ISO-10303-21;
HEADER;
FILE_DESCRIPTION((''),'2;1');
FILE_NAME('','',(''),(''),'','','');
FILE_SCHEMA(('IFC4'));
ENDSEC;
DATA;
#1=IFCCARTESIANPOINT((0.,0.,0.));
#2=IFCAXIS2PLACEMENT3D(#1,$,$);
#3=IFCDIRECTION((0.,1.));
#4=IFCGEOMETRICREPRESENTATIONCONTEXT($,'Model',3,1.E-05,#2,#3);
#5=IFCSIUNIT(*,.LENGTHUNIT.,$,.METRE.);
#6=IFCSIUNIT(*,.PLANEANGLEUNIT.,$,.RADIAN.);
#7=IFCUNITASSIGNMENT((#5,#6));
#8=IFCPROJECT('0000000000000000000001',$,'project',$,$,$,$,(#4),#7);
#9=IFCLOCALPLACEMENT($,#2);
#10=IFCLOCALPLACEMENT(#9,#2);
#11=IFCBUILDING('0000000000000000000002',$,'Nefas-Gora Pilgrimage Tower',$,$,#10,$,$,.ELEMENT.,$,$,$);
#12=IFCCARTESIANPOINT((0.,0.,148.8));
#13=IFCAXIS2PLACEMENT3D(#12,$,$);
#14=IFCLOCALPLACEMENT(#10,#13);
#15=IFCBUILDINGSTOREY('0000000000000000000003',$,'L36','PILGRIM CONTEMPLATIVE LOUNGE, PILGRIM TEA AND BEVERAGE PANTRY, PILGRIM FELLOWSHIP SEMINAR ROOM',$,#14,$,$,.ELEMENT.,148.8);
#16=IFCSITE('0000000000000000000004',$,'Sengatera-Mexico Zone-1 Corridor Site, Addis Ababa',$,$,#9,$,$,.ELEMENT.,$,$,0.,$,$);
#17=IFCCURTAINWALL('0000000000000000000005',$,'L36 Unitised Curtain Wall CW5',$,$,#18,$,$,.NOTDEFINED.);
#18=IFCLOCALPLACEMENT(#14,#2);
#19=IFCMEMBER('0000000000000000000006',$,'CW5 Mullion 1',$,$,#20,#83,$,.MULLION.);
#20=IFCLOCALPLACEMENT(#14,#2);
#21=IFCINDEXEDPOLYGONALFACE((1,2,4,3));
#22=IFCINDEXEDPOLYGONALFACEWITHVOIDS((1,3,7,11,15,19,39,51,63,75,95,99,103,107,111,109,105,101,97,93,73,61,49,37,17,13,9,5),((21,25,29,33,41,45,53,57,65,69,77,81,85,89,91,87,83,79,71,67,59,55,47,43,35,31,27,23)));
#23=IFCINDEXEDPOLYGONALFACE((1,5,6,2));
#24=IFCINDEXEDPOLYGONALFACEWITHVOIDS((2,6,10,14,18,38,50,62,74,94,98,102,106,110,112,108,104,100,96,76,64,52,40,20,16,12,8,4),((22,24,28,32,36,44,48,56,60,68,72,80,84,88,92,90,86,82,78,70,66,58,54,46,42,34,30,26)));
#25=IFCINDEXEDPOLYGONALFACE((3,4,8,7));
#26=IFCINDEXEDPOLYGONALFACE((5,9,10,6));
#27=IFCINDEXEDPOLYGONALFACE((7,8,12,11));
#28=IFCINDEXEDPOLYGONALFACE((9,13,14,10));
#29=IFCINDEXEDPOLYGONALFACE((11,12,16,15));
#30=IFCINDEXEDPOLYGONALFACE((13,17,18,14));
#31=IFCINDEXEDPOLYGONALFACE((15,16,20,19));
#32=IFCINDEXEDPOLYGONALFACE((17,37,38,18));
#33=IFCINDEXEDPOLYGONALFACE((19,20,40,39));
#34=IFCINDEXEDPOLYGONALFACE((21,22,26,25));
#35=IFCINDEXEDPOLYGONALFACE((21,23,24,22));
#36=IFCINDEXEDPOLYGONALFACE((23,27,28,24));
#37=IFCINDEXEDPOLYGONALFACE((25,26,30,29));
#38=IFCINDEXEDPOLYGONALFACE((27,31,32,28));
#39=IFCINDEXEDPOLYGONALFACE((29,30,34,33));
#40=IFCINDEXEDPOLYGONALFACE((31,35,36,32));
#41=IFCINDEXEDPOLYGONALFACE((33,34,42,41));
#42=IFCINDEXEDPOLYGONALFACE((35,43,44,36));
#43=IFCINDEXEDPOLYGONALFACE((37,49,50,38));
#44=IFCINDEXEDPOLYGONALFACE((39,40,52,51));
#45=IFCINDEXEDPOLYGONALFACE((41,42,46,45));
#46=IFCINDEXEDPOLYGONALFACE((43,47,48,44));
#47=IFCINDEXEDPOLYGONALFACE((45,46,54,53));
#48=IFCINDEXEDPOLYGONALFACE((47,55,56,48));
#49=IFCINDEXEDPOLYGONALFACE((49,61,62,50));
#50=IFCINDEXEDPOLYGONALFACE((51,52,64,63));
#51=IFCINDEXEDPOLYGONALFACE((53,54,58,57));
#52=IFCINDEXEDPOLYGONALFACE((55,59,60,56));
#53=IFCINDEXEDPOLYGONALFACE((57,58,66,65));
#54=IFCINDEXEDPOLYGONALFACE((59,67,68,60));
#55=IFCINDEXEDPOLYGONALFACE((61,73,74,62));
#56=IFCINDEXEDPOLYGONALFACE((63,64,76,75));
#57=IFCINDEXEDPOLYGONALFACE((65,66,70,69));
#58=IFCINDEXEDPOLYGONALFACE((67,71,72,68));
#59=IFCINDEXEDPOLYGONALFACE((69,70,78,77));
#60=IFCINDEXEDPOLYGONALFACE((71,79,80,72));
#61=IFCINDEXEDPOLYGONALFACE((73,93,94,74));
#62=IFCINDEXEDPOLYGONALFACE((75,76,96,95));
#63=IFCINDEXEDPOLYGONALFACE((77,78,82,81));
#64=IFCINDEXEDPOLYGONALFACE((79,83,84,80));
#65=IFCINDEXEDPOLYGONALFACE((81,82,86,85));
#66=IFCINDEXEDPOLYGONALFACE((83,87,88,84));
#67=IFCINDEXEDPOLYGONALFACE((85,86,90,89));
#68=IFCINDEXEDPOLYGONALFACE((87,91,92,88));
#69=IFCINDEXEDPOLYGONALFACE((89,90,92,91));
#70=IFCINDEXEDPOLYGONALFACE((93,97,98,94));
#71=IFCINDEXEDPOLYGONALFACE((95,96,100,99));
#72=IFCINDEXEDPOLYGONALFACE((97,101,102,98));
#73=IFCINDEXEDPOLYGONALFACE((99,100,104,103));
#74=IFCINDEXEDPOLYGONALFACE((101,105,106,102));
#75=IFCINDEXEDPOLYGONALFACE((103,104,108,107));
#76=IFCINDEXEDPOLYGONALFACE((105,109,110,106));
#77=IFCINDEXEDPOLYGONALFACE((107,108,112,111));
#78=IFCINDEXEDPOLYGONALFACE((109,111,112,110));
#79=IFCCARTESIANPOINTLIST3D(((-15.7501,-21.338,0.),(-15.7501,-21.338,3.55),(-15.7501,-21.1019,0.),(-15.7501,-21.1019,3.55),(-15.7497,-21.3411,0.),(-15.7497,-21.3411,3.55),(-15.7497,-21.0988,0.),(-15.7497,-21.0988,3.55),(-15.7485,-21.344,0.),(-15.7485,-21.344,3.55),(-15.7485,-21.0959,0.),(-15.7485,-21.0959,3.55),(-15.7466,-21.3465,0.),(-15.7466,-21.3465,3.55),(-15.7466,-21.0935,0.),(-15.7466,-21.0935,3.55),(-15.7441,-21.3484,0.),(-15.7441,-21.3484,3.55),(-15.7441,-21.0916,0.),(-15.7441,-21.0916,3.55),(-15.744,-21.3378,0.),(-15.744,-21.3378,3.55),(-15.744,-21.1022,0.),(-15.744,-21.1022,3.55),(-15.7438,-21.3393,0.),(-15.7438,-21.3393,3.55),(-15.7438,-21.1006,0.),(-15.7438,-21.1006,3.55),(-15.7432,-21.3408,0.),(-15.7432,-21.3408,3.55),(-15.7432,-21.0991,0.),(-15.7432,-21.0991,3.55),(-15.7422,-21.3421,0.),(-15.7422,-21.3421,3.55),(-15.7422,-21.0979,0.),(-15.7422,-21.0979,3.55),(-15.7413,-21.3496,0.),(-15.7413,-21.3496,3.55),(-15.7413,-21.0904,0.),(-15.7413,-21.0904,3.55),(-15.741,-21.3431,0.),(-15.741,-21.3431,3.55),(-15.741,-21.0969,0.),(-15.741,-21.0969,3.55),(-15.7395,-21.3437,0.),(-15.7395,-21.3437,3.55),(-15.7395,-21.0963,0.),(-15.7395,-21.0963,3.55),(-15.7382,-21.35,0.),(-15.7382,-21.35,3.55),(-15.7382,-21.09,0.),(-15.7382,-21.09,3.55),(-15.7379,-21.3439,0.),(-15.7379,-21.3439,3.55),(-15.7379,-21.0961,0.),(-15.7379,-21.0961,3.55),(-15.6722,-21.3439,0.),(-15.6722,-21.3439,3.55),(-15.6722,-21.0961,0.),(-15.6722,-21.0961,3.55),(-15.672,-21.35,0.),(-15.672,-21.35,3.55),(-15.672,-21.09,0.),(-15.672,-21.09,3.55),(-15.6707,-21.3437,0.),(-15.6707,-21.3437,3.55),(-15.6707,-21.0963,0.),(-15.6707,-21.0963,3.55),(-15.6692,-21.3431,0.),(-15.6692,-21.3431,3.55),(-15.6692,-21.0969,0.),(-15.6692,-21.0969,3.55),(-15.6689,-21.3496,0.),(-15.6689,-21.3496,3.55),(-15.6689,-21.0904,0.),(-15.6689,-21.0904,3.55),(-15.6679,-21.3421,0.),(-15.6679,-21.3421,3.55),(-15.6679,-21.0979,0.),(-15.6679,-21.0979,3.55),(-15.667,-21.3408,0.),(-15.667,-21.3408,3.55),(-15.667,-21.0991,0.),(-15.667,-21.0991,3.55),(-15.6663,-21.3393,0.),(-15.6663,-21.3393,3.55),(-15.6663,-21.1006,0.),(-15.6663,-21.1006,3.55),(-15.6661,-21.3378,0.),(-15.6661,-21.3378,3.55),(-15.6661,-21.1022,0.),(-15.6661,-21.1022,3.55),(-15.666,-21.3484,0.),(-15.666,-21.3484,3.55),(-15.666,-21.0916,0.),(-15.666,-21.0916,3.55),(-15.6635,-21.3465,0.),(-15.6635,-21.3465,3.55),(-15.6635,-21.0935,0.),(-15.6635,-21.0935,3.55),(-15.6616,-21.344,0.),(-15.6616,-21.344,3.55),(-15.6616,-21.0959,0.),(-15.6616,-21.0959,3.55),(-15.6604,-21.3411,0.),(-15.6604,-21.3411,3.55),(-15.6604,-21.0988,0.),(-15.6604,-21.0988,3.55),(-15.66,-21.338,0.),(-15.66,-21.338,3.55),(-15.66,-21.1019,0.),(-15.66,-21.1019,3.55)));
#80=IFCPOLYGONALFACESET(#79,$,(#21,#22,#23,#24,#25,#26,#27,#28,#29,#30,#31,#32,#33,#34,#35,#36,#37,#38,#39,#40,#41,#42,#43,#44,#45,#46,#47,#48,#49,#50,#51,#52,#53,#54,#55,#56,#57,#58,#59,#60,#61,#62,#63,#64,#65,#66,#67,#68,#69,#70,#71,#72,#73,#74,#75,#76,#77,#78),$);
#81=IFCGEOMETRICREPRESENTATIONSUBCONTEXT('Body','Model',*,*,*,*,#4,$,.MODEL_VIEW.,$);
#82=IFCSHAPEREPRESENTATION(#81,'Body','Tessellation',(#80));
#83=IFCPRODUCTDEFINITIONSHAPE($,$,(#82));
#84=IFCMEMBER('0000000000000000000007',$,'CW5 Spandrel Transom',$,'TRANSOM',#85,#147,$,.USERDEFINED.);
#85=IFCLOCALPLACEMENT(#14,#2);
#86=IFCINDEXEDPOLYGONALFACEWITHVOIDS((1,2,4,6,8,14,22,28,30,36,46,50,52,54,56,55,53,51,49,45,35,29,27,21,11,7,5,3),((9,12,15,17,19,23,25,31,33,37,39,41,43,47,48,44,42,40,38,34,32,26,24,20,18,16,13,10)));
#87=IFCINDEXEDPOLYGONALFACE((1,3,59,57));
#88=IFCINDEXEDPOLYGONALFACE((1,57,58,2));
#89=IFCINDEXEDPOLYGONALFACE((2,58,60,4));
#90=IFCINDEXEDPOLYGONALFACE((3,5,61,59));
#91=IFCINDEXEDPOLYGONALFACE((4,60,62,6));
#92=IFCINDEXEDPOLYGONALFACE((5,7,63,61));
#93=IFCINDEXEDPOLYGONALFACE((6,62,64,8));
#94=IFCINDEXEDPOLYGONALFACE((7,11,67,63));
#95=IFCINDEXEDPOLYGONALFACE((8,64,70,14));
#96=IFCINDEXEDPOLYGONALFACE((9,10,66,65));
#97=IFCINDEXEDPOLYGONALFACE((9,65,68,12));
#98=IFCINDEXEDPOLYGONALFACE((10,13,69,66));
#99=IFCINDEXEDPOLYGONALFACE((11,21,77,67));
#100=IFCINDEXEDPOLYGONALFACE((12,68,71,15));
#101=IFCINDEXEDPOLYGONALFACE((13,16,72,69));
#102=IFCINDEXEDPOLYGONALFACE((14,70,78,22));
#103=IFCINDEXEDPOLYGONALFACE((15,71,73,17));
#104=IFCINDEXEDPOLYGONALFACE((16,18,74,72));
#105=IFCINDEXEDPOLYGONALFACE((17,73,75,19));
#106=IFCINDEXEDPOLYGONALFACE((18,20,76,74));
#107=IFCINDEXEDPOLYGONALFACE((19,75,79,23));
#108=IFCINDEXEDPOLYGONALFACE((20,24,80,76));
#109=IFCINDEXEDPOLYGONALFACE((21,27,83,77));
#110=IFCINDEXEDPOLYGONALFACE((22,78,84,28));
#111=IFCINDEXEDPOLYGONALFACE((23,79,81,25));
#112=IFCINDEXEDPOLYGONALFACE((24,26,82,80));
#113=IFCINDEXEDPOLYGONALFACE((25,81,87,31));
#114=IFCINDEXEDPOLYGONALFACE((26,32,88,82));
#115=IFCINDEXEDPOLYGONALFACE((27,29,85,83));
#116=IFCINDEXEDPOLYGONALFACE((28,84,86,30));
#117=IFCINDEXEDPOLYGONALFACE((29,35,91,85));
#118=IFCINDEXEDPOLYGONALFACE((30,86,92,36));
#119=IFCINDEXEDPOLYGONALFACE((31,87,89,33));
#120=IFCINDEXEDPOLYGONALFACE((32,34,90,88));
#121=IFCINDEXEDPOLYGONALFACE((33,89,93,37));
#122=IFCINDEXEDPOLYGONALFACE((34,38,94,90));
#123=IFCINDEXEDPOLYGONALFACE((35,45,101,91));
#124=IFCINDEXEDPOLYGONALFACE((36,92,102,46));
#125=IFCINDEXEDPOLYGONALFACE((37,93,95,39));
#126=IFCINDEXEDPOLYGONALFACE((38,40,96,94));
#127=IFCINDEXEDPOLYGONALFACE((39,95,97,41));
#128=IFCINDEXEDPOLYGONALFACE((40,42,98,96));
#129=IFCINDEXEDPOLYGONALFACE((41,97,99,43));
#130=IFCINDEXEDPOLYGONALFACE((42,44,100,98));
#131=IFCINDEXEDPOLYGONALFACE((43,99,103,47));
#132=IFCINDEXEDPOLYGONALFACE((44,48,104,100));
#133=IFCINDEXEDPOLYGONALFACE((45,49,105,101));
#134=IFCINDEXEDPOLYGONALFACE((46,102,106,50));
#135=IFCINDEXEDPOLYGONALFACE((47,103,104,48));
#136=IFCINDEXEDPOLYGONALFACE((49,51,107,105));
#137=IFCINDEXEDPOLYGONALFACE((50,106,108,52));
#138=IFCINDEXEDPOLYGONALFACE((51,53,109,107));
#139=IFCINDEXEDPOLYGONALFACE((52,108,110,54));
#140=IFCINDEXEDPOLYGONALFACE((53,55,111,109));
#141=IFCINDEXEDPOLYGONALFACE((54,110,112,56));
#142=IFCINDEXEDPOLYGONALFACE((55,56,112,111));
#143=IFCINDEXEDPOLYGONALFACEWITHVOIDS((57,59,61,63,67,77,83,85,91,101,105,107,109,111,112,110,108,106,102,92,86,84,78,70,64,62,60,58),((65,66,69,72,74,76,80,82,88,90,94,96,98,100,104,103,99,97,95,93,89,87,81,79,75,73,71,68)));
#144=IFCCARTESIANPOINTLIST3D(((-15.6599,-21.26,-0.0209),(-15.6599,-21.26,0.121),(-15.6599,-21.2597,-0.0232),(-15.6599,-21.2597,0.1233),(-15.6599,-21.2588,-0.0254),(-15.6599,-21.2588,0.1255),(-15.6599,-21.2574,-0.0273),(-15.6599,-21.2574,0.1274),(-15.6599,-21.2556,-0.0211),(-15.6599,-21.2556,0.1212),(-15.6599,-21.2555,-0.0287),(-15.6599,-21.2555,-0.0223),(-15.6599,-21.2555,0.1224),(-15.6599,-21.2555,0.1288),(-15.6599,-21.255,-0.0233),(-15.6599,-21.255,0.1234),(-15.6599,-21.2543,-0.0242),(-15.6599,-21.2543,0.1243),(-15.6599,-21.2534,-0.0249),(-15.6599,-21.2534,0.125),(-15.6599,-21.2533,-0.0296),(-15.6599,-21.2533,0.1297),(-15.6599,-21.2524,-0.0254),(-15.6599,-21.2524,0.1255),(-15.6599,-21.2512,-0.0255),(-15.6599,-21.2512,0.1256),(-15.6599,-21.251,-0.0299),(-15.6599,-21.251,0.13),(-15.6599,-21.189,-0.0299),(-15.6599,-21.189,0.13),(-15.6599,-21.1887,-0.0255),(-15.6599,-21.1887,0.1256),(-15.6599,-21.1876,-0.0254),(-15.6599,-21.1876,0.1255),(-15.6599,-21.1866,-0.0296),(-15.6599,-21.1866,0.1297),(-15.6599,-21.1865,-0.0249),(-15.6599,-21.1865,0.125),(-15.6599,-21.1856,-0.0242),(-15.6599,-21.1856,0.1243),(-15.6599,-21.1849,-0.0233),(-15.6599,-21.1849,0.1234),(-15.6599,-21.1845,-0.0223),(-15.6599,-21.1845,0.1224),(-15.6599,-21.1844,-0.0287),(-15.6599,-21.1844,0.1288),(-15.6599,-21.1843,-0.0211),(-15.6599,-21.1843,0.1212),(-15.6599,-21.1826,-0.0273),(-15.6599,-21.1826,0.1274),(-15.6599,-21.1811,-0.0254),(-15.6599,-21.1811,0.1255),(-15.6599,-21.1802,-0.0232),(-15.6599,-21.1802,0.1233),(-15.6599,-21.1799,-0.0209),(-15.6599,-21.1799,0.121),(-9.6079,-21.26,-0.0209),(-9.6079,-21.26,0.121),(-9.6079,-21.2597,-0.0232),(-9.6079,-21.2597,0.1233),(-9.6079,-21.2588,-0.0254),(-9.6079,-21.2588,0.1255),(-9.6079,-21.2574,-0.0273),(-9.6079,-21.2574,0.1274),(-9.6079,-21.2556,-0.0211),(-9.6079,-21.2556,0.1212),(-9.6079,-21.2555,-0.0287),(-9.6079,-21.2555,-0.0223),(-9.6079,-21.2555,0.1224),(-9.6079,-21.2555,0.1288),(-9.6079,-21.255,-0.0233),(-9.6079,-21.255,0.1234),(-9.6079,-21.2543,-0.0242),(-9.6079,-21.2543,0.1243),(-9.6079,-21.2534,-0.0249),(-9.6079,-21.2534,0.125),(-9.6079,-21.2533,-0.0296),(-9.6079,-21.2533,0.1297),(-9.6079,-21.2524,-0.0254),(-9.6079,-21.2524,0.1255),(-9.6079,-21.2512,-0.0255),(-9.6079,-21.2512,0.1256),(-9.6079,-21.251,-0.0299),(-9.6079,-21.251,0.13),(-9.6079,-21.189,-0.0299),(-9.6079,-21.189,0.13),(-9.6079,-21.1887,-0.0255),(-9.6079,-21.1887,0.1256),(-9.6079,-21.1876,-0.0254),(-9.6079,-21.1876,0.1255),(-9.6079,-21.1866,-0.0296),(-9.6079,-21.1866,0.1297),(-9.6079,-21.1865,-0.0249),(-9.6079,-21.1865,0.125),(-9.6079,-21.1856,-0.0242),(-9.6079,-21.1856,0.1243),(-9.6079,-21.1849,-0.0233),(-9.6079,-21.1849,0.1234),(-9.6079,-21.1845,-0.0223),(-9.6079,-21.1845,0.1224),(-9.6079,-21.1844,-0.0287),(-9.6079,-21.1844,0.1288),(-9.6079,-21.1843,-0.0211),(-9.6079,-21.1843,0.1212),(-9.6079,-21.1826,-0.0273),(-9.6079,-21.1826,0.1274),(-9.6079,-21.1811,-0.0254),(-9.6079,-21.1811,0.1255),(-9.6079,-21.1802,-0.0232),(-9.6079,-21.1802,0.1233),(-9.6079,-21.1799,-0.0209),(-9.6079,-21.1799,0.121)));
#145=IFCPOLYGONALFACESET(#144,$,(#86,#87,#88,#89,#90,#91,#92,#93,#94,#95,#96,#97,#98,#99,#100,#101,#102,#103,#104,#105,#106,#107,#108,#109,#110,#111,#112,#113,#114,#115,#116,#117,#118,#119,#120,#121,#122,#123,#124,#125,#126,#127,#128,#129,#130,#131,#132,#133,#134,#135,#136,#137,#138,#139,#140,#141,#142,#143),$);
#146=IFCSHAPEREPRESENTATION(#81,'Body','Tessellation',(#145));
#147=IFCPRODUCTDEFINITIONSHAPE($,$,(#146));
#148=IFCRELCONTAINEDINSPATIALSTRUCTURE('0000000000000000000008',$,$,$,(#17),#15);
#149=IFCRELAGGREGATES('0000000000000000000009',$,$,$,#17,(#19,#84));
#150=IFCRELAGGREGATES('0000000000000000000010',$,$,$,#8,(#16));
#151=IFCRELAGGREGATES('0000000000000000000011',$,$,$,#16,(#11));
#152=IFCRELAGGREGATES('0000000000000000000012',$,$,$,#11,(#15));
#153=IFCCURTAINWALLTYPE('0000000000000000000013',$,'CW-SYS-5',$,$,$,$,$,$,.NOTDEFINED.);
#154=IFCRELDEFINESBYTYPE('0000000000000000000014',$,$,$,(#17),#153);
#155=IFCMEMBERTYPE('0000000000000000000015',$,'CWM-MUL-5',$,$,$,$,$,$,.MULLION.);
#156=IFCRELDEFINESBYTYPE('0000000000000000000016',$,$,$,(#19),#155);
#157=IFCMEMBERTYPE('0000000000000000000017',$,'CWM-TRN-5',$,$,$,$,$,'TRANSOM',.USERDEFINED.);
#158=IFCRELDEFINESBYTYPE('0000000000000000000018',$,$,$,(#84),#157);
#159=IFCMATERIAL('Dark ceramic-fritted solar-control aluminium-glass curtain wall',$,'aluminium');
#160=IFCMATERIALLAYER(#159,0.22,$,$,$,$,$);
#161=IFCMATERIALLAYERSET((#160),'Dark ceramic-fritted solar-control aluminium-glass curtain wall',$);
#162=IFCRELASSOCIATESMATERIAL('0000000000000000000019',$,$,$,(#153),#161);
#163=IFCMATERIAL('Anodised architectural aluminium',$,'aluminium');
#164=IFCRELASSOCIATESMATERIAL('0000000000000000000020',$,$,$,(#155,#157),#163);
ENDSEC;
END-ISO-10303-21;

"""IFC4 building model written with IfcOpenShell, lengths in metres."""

from ifc_helpers import new_model, si_unit, direction, frame, origin, origin_2d, place, context, subcontext, project, spatial, hollow_rectangle, extrude, source, transform, mapped, material, layer, layer_set, material_profile, profile_set, type_object, element, aggregate, save


model = new_model("IFC4")

# Units and contexts
model_context = context("Model", 3, precision=1e-05, world=origin(), true_north=direction((0.0, 1.0)))
body_context = subcontext(model_context, "Body", "Model", "MODEL_VIEW")
ifc_project = project(units=[si_unit("LENGTHUNIT", "METRE"), si_unit("PLANEANGLEUNIT", "RADIAN")], contexts=[model_context])

# Site, building, storey
site_placement = place(None, origin())
site = spatial("IfcSite", under=ifc_project, at=site_placement, Name="Sengatera-Mexico Zone-1 Corridor Site, Addis Ababa", CompositionType="ELEMENT", RefElevation=0.0)
building_placement = place(site_placement, origin())
building = spatial("IfcBuilding", under=site, at=building_placement, Name="Nefas-Gora Pilgrimage Tower", CompositionType="ELEMENT")
storey_placement = place(building_placement, frame((0.0, 0.0, 148.8)))
storey = spatial("IfcBuildingStorey", under=building, at=storey_placement, Name="L36", Description="PILGRIM CONTEMPLATIVE LOUNGE, PILGRIM TEA AND BEVERAGE PANTRY, PILGRIM FELLOWSHIP SEMINAR ROOM", CompositionType="ELEMENT", Elevation=148.8)

# Curtain wall, members
ifc_material_1 = material(Name="Dark ceramic-fritted solar-control aluminium-glass curtain wall", Category="aluminium")
ifc_layer_1 = layer(ifc_material_1, 0.22)
ifc_layer_set_1 = layer_set([ifc_layer_1], Name="Dark ceramic-fritted solar-control aluminium-glass curtain wall")
curtain_wall_type_1 = type_object("IfcCurtainWallType", Name="CW-SYS-5", PredefinedType="NOTDEFINED", material=ifc_layer_set_1)
curtain_wall_1_placement = place(storey_placement, origin())
curtain_wall_1 = element("IfcCurtainWall", 1, at=curtain_wall_1_placement, inside=storey, type_object=curtain_wall_type_1, Name="L36 Unitised Curtain Wall CW5", PredefinedType="NOTDEFINED")
ifc_material_2 = material(Name="Anodised architectural aluminium", Category="aluminium")
ifc_material_profile_1 = material_profile(ifc_material_2, hollow_rectangle(XDim=0.0901, YDim=0.26, WallThickness=0.0061, InnerFilletRadius=0.0061, OuterFilletRadius=0.012, at=origin_2d()), Name="ALU MULLION 90x260")
ifc_profile_set_1 = profile_set([ifc_material_profile_1], Name="Anodised architectural aluminium")
member_type_1 = type_object("IfcMemberType", Name="CWM-MUL-5", PredefinedType="MULLION", material=ifc_profile_set_1)
shared_shape_1 = source(origin(), body_context, "Body", "SweptSolid", [
    extrude(hollow_rectangle(XDim=0.0901, YDim=0.26, WallThickness=0.0061, InnerFilletRadius=0.0061, OuterFilletRadius=0.012, at=origin_2d()), origin(), (0.0, 0.0, 1.0), 3.55),
])
member_1_placement = place(storey_placement, frame((-15.7051, -21.22, 0.0), z_axis=(0.0, 0.0, 1.0), x_axis=(1.0, 0.0, 0.0)))
member_1 = element("IfcMember", 2, at=member_1_placement, type_object=member_type_1, Name="CW5 Mullion 1", PredefinedType="MULLION", context=body_context, shape_type="MappedRepresentation", body=[
    mapped(shared_shape_1, transform((0.0, 0.0, 0.0), x_axis=(1.0, 0.0, 0.0), y_axis=(0.0, 1.0, 0.0), z_axis=(0.0, 0.0, 1.0), scale=1.0)),
])
ifc_material_profile_2 = material_profile(ifc_material_2, hollow_rectangle(XDim=0.0801, YDim=0.1599, WallThickness=0.0044, InnerFilletRadius=0.0044, OuterFilletRadius=0.009, at=origin_2d()), Name="ALU TRANSOM 80x160")
ifc_profile_set_2 = profile_set([ifc_material_profile_2], Name="Anodised architectural aluminium")
member_type_2 = type_object("IfcMemberType", Name="CWM-TRN-5", ElementType="TRANSOM", PredefinedType="USERDEFINED", material=ifc_profile_set_2)
shared_shape_2 = source(origin(), body_context, "Body", "SweptSolid", [
    extrude(hollow_rectangle(XDim=0.0801, YDim=0.1599, WallThickness=0.0044, InnerFilletRadius=0.0044, OuterFilletRadius=0.009, at=origin_2d()), origin(), (0.0, 0.0, 1.0), 6.052),
])
member_2_placement = place(storey_placement, frame((-15.6599, -21.22, 0.05), z_axis=(1.0, 0.0, 0.0), x_axis=(0.0, 1.0, 0.0)))
member_2 = element("IfcMember", 3, at=member_2_placement, type_object=member_type_2, Name="CW5 Spandrel Transom", ObjectType="TRANSOM", PredefinedType="USERDEFINED", context=body_context, shape_type="MappedRepresentation", body=[
    mapped(shared_shape_2, transform((0.0, 0.0, 0.0), x_axis=(1.0, 0.0, 0.0), y_axis=(0.0, 1.0, 0.0), z_axis=(0.0, 0.0, 1.0), scale=1.0)),
])

aggregate(curtain_wall_1, [member_1, member_2])

save(model, "model.ifc")
